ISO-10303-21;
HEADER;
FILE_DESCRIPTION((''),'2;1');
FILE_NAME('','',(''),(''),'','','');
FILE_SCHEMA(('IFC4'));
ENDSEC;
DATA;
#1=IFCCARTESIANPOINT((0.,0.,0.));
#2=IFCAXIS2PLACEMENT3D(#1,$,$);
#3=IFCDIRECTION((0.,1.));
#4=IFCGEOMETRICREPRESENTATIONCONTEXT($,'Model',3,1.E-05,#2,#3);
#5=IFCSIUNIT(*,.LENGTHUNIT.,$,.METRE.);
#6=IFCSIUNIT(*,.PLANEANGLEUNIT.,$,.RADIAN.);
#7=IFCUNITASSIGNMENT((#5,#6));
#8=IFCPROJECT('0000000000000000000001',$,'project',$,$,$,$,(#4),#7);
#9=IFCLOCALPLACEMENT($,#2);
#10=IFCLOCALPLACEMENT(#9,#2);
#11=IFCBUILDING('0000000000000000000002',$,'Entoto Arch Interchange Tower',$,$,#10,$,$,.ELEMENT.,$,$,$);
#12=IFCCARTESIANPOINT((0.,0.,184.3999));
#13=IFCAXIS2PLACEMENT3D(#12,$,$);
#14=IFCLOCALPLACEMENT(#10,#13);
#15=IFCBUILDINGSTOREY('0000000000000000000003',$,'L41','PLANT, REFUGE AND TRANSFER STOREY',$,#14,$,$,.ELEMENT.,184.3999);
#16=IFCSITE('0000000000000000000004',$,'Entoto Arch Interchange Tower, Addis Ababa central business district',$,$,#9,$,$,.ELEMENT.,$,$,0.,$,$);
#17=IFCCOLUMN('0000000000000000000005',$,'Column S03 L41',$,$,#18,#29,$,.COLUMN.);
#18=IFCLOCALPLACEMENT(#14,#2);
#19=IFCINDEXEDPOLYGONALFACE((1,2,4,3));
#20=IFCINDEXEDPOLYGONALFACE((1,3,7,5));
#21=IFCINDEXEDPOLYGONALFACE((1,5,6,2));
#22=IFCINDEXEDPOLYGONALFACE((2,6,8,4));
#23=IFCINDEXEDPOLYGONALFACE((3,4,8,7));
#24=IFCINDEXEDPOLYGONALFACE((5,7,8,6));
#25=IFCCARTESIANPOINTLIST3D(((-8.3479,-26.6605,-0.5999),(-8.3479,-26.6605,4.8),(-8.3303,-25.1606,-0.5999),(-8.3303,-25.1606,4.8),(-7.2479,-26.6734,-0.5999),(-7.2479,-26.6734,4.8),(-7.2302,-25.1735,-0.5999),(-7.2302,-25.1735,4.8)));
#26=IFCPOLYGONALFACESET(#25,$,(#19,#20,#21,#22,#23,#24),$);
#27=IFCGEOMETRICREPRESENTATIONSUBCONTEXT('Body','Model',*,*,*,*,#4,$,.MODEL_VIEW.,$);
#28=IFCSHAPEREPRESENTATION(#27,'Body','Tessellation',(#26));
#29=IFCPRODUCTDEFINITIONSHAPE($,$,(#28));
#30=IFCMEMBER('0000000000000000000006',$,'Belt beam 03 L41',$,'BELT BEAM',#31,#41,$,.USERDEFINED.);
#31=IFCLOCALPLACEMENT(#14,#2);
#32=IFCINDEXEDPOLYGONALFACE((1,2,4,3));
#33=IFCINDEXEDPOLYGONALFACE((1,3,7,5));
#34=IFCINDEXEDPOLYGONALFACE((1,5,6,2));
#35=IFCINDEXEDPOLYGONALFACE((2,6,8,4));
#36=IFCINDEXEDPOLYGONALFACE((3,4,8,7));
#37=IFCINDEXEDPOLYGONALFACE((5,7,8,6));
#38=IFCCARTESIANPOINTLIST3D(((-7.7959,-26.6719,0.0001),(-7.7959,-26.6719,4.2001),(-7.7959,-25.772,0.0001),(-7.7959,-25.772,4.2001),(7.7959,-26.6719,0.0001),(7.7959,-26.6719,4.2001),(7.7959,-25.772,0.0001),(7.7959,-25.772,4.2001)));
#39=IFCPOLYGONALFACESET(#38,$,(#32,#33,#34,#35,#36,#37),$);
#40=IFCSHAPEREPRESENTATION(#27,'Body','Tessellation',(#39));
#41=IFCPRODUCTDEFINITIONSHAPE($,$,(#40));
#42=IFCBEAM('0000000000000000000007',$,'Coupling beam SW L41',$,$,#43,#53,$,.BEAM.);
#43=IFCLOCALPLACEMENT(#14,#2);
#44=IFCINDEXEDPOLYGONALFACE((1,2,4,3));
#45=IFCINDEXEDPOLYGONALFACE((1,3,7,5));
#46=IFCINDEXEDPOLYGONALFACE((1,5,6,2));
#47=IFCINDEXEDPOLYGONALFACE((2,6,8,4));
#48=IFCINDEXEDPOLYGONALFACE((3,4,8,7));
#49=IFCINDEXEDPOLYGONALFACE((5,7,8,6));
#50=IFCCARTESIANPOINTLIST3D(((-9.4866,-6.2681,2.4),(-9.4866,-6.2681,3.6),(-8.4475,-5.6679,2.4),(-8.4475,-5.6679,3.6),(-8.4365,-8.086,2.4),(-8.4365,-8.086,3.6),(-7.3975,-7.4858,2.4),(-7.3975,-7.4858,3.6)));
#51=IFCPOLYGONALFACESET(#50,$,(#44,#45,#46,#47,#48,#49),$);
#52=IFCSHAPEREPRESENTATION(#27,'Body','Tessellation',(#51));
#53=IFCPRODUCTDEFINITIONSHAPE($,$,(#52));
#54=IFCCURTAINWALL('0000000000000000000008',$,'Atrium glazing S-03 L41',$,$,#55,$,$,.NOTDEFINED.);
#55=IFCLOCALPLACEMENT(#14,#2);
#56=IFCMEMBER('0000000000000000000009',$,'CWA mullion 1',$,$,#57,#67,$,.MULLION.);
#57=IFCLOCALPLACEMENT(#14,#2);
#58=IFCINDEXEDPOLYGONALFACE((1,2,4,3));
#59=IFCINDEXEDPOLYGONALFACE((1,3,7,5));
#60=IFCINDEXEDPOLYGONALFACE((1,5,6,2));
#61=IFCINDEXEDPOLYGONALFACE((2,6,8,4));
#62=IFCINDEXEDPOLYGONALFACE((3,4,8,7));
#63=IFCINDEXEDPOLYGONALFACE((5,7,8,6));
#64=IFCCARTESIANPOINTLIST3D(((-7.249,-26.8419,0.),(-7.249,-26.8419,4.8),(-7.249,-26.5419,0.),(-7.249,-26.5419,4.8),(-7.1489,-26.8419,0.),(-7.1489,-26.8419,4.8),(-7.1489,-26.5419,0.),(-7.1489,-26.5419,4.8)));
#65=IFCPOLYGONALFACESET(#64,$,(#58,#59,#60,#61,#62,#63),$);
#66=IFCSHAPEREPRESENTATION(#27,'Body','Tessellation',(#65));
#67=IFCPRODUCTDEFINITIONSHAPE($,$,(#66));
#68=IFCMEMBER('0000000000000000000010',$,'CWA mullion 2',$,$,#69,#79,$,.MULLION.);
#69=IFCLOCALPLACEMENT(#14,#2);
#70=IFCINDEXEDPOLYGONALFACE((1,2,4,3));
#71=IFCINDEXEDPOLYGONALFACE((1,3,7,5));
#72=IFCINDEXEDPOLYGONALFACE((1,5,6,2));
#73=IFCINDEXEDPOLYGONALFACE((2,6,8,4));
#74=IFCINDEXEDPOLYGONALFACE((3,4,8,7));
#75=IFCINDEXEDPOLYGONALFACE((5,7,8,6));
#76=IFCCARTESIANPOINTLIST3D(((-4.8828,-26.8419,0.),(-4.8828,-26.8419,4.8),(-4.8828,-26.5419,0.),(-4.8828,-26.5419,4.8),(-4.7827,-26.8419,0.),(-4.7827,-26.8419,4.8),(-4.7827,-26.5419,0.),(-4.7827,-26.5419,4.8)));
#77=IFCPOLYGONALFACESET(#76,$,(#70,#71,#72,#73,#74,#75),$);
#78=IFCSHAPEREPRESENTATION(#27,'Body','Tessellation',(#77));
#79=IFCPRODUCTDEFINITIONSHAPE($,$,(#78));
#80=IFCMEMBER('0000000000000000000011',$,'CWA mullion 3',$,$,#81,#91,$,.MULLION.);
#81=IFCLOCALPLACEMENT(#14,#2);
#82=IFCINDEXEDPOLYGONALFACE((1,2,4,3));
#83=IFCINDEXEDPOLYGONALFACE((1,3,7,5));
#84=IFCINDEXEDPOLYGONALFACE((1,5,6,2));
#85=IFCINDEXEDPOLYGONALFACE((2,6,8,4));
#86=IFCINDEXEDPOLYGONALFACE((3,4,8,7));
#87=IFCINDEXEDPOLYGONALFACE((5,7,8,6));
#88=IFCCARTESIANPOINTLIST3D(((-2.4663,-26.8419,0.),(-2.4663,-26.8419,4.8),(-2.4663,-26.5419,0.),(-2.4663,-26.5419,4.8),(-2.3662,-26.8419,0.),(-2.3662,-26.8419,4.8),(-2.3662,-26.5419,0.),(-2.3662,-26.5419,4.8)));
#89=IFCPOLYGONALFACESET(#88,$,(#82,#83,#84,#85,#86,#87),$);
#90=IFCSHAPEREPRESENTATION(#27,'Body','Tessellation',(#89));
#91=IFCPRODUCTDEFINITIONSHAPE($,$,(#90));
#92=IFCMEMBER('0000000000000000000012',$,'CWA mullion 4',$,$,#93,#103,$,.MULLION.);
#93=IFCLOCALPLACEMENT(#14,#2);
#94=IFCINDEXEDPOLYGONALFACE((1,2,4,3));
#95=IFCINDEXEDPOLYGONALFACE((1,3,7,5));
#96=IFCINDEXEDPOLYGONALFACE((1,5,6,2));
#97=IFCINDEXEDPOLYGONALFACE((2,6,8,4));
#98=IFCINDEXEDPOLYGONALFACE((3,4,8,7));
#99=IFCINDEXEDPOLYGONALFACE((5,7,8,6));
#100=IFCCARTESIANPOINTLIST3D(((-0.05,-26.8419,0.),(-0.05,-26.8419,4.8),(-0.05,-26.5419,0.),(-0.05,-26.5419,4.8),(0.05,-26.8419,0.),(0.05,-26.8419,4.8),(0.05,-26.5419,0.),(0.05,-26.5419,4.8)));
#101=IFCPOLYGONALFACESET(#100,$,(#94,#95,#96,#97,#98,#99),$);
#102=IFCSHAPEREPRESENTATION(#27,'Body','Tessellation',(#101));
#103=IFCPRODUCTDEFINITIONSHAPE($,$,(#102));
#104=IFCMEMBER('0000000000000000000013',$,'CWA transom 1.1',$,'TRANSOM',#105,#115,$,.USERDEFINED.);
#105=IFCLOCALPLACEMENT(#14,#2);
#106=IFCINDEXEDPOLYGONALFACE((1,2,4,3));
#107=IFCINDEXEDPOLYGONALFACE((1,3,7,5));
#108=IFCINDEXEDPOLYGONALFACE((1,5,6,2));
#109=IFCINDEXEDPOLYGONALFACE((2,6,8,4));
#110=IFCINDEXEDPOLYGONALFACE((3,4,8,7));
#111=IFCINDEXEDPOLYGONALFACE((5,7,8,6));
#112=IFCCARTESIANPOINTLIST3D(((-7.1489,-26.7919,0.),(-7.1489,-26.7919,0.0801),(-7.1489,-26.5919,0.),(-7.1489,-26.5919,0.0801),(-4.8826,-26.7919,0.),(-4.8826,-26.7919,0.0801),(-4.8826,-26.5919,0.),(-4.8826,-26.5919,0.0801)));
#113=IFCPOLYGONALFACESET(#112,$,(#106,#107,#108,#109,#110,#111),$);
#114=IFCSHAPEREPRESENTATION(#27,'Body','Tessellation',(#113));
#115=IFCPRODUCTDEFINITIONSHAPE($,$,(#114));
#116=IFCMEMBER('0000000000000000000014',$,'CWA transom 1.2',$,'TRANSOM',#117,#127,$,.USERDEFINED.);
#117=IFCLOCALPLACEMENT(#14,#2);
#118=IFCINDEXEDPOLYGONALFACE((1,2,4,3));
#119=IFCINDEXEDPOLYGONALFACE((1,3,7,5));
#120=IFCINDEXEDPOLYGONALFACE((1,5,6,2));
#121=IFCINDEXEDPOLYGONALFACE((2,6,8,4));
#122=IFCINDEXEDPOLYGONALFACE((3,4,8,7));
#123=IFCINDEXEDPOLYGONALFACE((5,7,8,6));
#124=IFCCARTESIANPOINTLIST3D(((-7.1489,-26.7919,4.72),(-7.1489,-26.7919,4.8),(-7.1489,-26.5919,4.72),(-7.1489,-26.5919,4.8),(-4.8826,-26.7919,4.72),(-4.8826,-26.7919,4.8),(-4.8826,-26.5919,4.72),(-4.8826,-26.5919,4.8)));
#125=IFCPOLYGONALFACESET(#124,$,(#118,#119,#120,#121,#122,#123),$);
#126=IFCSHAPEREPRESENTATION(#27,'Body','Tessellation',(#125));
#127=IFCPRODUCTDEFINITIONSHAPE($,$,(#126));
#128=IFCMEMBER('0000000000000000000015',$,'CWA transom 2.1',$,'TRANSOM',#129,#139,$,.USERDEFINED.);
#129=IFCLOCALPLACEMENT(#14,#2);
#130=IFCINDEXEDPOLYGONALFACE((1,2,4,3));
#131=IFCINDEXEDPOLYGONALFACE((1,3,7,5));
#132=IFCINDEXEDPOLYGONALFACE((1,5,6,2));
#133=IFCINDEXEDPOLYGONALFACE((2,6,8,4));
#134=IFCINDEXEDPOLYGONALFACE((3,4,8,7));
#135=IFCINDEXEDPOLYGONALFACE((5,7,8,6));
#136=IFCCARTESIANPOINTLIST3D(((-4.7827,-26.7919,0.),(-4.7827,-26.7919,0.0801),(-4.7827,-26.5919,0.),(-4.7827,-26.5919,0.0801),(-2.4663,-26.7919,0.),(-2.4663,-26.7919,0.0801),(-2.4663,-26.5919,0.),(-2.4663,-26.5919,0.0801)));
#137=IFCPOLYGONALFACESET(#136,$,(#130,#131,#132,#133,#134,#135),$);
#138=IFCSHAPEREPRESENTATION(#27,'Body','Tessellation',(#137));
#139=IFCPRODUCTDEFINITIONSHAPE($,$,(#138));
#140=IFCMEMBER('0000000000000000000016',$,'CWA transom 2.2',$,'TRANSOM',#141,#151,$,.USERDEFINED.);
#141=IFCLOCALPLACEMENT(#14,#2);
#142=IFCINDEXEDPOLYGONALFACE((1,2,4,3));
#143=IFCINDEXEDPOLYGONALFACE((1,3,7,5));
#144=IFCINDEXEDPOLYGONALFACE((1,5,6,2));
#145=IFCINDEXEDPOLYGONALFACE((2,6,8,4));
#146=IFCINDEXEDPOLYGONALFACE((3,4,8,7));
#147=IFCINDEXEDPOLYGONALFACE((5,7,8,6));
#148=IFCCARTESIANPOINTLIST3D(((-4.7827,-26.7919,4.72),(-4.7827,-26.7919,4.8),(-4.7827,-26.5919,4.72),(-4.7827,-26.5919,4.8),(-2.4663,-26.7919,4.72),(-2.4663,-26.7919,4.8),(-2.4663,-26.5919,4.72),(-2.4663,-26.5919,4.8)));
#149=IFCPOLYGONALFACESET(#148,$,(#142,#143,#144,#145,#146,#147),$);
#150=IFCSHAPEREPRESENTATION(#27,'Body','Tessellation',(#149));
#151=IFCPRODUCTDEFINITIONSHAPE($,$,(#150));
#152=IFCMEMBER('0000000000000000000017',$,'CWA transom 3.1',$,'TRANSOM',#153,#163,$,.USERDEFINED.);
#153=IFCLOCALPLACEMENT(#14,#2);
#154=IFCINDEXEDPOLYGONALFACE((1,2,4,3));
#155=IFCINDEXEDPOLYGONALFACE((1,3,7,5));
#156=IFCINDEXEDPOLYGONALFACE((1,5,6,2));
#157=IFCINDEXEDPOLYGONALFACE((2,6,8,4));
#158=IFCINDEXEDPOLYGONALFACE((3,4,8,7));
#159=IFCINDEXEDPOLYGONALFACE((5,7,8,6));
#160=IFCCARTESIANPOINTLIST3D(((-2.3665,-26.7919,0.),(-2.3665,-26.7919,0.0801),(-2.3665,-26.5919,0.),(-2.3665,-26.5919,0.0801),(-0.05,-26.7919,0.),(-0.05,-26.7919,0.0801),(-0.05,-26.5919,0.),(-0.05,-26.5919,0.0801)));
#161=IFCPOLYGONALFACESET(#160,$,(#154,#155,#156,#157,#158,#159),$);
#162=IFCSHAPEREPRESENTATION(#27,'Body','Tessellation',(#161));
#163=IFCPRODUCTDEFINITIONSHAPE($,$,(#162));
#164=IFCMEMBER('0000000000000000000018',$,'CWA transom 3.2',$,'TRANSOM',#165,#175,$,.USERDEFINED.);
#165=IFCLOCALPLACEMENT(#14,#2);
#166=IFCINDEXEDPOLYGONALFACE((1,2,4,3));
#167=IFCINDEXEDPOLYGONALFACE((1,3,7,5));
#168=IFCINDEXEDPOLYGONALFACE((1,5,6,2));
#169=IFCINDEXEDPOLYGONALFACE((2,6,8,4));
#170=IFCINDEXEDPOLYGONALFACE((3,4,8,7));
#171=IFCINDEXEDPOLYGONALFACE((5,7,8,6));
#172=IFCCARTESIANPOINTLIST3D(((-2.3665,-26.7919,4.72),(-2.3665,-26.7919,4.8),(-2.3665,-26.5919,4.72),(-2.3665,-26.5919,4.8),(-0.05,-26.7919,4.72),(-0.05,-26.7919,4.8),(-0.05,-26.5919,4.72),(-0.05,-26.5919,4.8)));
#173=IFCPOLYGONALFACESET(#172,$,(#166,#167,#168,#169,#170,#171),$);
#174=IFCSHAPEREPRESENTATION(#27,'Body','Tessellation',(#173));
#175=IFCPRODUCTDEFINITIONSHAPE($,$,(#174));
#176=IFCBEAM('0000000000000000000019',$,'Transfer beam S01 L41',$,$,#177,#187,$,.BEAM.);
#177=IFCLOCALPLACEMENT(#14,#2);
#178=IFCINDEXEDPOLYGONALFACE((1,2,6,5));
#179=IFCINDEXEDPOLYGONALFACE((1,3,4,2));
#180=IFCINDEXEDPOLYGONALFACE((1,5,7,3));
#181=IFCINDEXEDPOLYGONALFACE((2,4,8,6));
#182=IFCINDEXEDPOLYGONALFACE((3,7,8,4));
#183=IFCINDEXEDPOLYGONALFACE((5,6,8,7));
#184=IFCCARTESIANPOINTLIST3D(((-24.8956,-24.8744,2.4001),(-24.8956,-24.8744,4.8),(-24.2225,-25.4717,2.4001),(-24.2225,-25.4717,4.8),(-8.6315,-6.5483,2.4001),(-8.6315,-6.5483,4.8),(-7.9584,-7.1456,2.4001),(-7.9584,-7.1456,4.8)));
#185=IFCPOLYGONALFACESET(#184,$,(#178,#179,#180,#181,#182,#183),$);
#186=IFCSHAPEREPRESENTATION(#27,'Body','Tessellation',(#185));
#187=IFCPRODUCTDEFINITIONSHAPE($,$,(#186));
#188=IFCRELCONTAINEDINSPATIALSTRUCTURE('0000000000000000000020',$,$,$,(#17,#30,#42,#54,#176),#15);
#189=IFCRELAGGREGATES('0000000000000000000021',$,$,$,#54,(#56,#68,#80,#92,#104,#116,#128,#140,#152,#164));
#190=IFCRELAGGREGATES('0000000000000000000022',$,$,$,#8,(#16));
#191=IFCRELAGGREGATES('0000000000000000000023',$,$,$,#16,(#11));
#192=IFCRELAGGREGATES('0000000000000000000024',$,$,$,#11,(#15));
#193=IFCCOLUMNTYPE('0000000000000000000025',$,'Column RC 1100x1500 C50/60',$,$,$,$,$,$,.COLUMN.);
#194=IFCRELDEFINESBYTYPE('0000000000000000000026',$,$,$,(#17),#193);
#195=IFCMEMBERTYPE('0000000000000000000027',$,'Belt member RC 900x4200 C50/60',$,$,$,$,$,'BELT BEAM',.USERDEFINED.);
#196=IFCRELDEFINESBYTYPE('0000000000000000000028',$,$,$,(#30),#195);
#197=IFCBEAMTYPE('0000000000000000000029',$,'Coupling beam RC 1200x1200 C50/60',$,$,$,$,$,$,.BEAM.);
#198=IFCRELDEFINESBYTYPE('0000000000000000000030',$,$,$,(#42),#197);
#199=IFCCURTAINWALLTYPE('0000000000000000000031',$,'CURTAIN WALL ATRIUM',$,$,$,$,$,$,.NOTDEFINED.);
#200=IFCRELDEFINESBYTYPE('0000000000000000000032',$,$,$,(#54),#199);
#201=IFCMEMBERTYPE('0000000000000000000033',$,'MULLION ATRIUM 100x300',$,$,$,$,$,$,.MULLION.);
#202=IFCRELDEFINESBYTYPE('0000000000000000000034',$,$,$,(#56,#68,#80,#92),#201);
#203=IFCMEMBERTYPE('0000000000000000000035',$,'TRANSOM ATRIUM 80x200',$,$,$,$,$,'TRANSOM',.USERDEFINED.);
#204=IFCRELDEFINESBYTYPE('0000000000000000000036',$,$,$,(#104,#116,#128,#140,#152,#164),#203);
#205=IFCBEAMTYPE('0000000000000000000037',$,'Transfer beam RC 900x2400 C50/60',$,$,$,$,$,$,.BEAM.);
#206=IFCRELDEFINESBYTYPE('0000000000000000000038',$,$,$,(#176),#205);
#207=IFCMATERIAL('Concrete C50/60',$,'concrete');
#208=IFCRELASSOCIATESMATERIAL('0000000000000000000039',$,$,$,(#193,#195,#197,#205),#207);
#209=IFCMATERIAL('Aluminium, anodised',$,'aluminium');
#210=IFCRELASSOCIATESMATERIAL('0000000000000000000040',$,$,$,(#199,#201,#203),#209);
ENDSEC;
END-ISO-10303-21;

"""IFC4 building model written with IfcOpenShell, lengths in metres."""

from ifc_helpers import new_model, si_unit, direction, frame, origin, origin_2d, place, context, subcontext, project, spatial, rectangle, extrude, material, material_profile, profile_set, type_object, element, aggregate, save


model = new_model("IFC4")

# Units and contexts
model_context = context("Model", 3, precision=1e-05, world=origin(), true_north=direction((0.0, 1.0)))
body_context = subcontext(model_context, "Body", "Model", "MODEL_VIEW")
ifc_project = project(units=[si_unit("LENGTHUNIT", "METRE"), si_unit("PLANEANGLEUNIT", "RADIAN")], contexts=[model_context])

# Site, building, storey
site_placement = place(None, origin())
site = spatial("IfcSite", under=ifc_project, at=site_placement, Name="Entoto Arch Interchange Tower, Addis Ababa central business district", CompositionType="ELEMENT", RefElevation=0.0)
building_placement = place(site_placement, origin())
building = spatial("IfcBuilding", under=site, at=building_placement, Name="Entoto Arch Interchange Tower", CompositionType="ELEMENT")
storey_placement = place(building_placement, frame((0.0, 0.0, 184.3999)))
storey = spatial("IfcBuildingStorey", under=building, at=storey_placement, Name="L41", Description="PLANT, REFUGE AND TRANSFER STOREY", CompositionType="ELEMENT", Elevation=184.3999)

# Column
ifc_material_1 = material(Name="Concrete C50/60", Category="concrete")
ifc_material_profile_1 = material_profile(ifc_material_1, rectangle(XDim=1.1001, YDim=1.5, at=origin_2d()))
ifc_profile_set_1 = profile_set([ifc_material_profile_1], Name="Concrete C50/60")
column_type = type_object("IfcColumnType", Name="Column RC 1100x1500 C50/60", PredefinedType="COLUMN", material=ifc_profile_set_1)
column_placement = place(storey_placement, frame((-7.7891, -25.917, -0.5999), z_axis=(0.0, 0.0, 1.0), x_axis=(-0.999931, 0.011746, 0.0)))
element("IfcColumn", 1, at=column_placement, inside=storey, type_object=column_type, Name="Column S03 L41", PredefinedType="COLUMN", context=body_context, shape_type="SweptSolid", body=[
    extrude(rectangle(XDim=1.1001, YDim=1.5, at=origin_2d()), origin(), (0.0, 0.0, 1.0), 5.3999),
])

# Member
ifc_material_profile_2 = material_profile(ifc_material_1, rectangle(XDim=0.8999, YDim=4.2, at=origin_2d()))
ifc_profile_set_2 = profile_set([ifc_material_profile_2], Name="Concrete C50/60")
member_type_1 = type_object("IfcMemberType", Name="Belt member RC 900x4200 C50/60", ElementType="BELT BEAM", PredefinedType="USERDEFINED", material=ifc_profile_set_2)
member_1_placement = place(storey_placement, frame((-7.7959, -26.2219, 2.1001), z_axis=(1.0, 0.0, 0.0), x_axis=(0.0, 1.0, 0.0)))
element("IfcMember", 2, at=member_1_placement, inside=storey, type_object=member_type_1, Name="Belt beam 03 L41", ObjectType="BELT BEAM", PredefinedType="USERDEFINED", context=body_context, shape_type="SweptSolid", body=[
    extrude(rectangle(XDim=0.8999, YDim=4.2, at=origin_2d()), origin(), (0.0, 0.0, 1.0), 15.5918),
])

# Beam
ifc_material_profile_3 = material_profile(ifc_material_1, rectangle(XDim=1.2, YDim=1.2, at=origin_2d()))
ifc_profile_set_3 = profile_set([ifc_material_profile_3], Name="Concrete C50/60")
beam_type_1 = type_object("IfcBeamType", Name="Coupling beam RC 1200x1200 C50/60", PredefinedType="BEAM", material=ifc_profile_set_3)
beam_1_placement = place(storey_placement, frame((-8.967, -5.968, 3.0), z_axis=(0.500179, -0.865922, 0.0), x_axis=(0.865922, 0.500179, 0.0)))
element("IfcBeam", 3, at=beam_1_placement, inside=storey, type_object=beam_type_1, Name="Coupling beam SW L41", PredefinedType="BEAM", context=body_context, shape_type="SweptSolid", body=[
    extrude(rectangle(XDim=1.2, YDim=1.2, at=origin_2d()), origin(), (0.0, 0.0, 1.0), 2.0994),
])

# Curtain wall, members
ifc_material_2 = material(Name="Aluminium, anodised", Category="aluminium")
curtain_wall_type = type_object("IfcCurtainWallType", Name="CURTAIN WALL ATRIUM", PredefinedType="NOTDEFINED", material=ifc_material_2)
curtain_wall_placement = place(storey_placement, origin())
curtain_wall = element("IfcCurtainWall", 4, at=curtain_wall_placement, inside=storey, type_object=curtain_wall_type, Name="Atrium glazing S-03 L41", PredefinedType="NOTDEFINED")
ifc_material_profile_4 = material_profile(ifc_material_2, rectangle(XDim=0.3, YDim=0.1001, at=origin_2d()))
ifc_profile_set_4 = profile_set([ifc_material_profile_4], Name="Aluminium, anodised")
member_type_2 = type_object("IfcMemberType", Name="MULLION ATRIUM 100x300", PredefinedType="MULLION", material=ifc_profile_set_4)
member_2_placement = place(storey_placement, frame((-7.199, -26.6919, 0.0), z_axis=(0.0, 0.0, 1.0), x_axis=(0.0, 1.0, 0.0)))
member_2 = element("IfcMember", 5, at=member_2_placement, type_object=member_type_2, Name="CWA mullion 1", PredefinedType="MULLION", context=body_context, shape_type="SweptSolid", body=[
    extrude(rectangle(XDim=0.3, YDim=0.1001, at=origin_2d()), origin(), (0.0, 0.0, 1.0), 4.8),
])
member_3_placement = place(storey_placement, frame((-4.8328, -26.6919, 0.0), z_axis=(0.0, 0.0, 1.0), x_axis=(0.0, 1.0, 0.0)))
member_3 = element("IfcMember", 6, at=member_3_placement, type_object=member_type_2, Name="CWA mullion 2", PredefinedType="MULLION", context=body_context, shape_type="SweptSolid", body=[
    extrude(rectangle(XDim=0.3, YDim=0.1001, at=origin_2d()), origin(), (0.0, 0.0, 1.0), 4.8),
])
member_4_placement = place(storey_placement, frame((-2.4163, -26.6919, 0.0), z_axis=(0.0, 0.0, 1.0), x_axis=(0.0, 1.0, 0.0)))
member_4 = element("IfcMember", 7, at=member_4_placement, type_object=member_type_2, Name="CWA mullion 3", PredefinedType="MULLION", context=body_context, shape_type="SweptSolid", body=[
    extrude(rectangle(XDim=0.3, YDim=0.1001, at=origin_2d()), origin(), (0.0, 0.0, 1.0), 4.8),
])
member_5_placement = place(storey_placement, frame((0.0, -26.6919, 0.0), z_axis=(0.0, 0.0, 1.0), x_axis=(0.0, 1.0, 0.0)))
member_5 = element("IfcMember", 8, at=member_5_placement, type_object=member_type_2, Name="CWA mullion 4", PredefinedType="MULLION", context=body_context, shape_type="SweptSolid", body=[
    extrude(rectangle(XDim=0.3, YDim=0.1001, at=origin_2d()), origin(), (0.0, 0.0, 1.0), 4.8),
])
ifc_material_profile_5 = material_profile(ifc_material_2, rectangle(XDim=0.2, YDim=0.0801, at=origin_2d()))
ifc_profile_set_5 = profile_set([ifc_material_profile_5], Name="Aluminium, anodised")
member_type_3 = type_object("IfcMemberType", Name="TRANSOM ATRIUM 80x200", ElementType="TRANSOM", PredefinedType="USERDEFINED", material=ifc_profile_set_5)
member_6_placement = place(storey_placement, frame((-7.1489, -26.6919, 0.04), z_axis=(1.0, 0.0, 0.0), x_axis=(0.0, 1.0, 0.0)))
member_6 = element("IfcMember", 9, at=member_6_placement, type_object=member_type_3, Name="CWA transom 1.1", ObjectType="TRANSOM", PredefinedType="USERDEFINED", context=body_context, shape_type="SweptSolid", body=[
    extrude(rectangle(XDim=0.2, YDim=0.0801, at=origin_2d()), origin(), (0.0, 0.0, 1.0), 2.2664),
])
member_7_placement = place(storey_placement, frame((-7.1489, -26.6919, 4.76), z_axis=(1.0, 0.0, 0.0), x_axis=(0.0, 1.0, 0.0)))
member_7 = element("IfcMember", 10, at=member_7_placement, type_object=member_type_3, Name="CWA transom 1.2", ObjectType="TRANSOM", PredefinedType="USERDEFINED", context=body_context, shape_type="SweptSolid", body=[
    extrude(rectangle(XDim=0.2, YDim=0.0801, at=origin_2d()), origin(), (0.0, 0.0, 1.0), 2.2664),
])
member_8_placement = place(storey_placement, frame((-4.7827, -26.6919, 0.04), z_axis=(1.0, 0.0, 0.0), x_axis=(0.0, 1.0, 0.0)))
member_8 = element("IfcMember", 11, at=member_8_placement, type_object=member_type_3, Name="CWA transom 2.1", ObjectType="TRANSOM", PredefinedType="USERDEFINED", context=body_context, shape_type="SweptSolid", body=[
    extrude(rectangle(XDim=0.2, YDim=0.0801, at=origin_2d()), origin(), (0.0, 0.0, 1.0), 2.3164),
])
member_9_placement = place(storey_placement, frame((-4.7827, -26.6919, 4.76), z_axis=(1.0, 0.0, 0.0), x_axis=(0.0, 1.0, 0.0)))
member_9 = element("IfcMember", 12, at=member_9_placement, type_object=member_type_3, Name="CWA transom 2.2", ObjectType="TRANSOM", PredefinedType="USERDEFINED", context=body_context, shape_type="SweptSolid", body=[
    extrude(rectangle(XDim=0.2, YDim=0.0801, at=origin_2d()), origin(), (0.0, 0.0, 1.0), 2.3164),
])
member_10_placement = place(storey_placement, frame((-2.3665, -26.6919, 0.04), z_axis=(1.0, 0.0, 0.0), x_axis=(0.0, 1.0, 0.0)))
member_10 = element("IfcMember", 13, at=member_10_placement, type_object=member_type_3, Name="CWA transom 3.1", ObjectType="TRANSOM", PredefinedType="USERDEFINED", context=body_context, shape_type="SweptSolid", body=[
    extrude(rectangle(XDim=0.2, YDim=0.0801, at=origin_2d()), origin(), (0.0, 0.0, 1.0), 2.3164),
])
member_11_placement = place(storey_placement, frame((-2.3665, -26.6919, 4.76), z_axis=(1.0, 0.0, 0.0), x_axis=(0.0, 1.0, 0.0)))
member_11 = element("IfcMember", 14, at=member_11_placement, type_object=member_type_3, Name="CWA transom 3.2", ObjectType="TRANSOM", PredefinedType="USERDEFINED", context=body_context, shape_type="SweptSolid", body=[
    extrude(rectangle(XDim=0.2, YDim=0.0801, at=origin_2d()), origin(), (0.0, 0.0, 1.0), 2.3164),
])

# Beam
ifc_material_profile_6 = material_profile(ifc_material_1, rectangle(XDim=0.8999, YDim=2.3999, at=origin_2d()))
ifc_profile_set_6 = profile_set([ifc_material_profile_6], Name="Concrete C50/60")
beam_type_2 = type_object("IfcBeamType", Name="Transfer beam RC 900x2400 C50/60", PredefinedType="BEAM", material=ifc_profile_set_6)
beam_2_placement = place(storey_placement, frame((-8.2949, -6.8469, 3.6001), z_axis=(-0.663776, -0.747931, 0.0), x_axis=(0.747931, -0.663776, 0.0)))
element("IfcBeam", 15, at=beam_2_placement, inside=storey, type_object=beam_type_2, Name="Transfer beam S01 L41", PredefinedType="BEAM", context=body_context, shape_type="SweptSolid", body=[
    extrude(rectangle(XDim=0.8999, YDim=2.3999, at=origin_2d()), origin(), (0.0, 0.0, 1.0), 24.5024),
])

aggregate(curtain_wall, [member_2, member_3, member_4, member_5, member_6, member_7, member_8, member_9, member_10, member_11])

save(model, "model.ifc")
